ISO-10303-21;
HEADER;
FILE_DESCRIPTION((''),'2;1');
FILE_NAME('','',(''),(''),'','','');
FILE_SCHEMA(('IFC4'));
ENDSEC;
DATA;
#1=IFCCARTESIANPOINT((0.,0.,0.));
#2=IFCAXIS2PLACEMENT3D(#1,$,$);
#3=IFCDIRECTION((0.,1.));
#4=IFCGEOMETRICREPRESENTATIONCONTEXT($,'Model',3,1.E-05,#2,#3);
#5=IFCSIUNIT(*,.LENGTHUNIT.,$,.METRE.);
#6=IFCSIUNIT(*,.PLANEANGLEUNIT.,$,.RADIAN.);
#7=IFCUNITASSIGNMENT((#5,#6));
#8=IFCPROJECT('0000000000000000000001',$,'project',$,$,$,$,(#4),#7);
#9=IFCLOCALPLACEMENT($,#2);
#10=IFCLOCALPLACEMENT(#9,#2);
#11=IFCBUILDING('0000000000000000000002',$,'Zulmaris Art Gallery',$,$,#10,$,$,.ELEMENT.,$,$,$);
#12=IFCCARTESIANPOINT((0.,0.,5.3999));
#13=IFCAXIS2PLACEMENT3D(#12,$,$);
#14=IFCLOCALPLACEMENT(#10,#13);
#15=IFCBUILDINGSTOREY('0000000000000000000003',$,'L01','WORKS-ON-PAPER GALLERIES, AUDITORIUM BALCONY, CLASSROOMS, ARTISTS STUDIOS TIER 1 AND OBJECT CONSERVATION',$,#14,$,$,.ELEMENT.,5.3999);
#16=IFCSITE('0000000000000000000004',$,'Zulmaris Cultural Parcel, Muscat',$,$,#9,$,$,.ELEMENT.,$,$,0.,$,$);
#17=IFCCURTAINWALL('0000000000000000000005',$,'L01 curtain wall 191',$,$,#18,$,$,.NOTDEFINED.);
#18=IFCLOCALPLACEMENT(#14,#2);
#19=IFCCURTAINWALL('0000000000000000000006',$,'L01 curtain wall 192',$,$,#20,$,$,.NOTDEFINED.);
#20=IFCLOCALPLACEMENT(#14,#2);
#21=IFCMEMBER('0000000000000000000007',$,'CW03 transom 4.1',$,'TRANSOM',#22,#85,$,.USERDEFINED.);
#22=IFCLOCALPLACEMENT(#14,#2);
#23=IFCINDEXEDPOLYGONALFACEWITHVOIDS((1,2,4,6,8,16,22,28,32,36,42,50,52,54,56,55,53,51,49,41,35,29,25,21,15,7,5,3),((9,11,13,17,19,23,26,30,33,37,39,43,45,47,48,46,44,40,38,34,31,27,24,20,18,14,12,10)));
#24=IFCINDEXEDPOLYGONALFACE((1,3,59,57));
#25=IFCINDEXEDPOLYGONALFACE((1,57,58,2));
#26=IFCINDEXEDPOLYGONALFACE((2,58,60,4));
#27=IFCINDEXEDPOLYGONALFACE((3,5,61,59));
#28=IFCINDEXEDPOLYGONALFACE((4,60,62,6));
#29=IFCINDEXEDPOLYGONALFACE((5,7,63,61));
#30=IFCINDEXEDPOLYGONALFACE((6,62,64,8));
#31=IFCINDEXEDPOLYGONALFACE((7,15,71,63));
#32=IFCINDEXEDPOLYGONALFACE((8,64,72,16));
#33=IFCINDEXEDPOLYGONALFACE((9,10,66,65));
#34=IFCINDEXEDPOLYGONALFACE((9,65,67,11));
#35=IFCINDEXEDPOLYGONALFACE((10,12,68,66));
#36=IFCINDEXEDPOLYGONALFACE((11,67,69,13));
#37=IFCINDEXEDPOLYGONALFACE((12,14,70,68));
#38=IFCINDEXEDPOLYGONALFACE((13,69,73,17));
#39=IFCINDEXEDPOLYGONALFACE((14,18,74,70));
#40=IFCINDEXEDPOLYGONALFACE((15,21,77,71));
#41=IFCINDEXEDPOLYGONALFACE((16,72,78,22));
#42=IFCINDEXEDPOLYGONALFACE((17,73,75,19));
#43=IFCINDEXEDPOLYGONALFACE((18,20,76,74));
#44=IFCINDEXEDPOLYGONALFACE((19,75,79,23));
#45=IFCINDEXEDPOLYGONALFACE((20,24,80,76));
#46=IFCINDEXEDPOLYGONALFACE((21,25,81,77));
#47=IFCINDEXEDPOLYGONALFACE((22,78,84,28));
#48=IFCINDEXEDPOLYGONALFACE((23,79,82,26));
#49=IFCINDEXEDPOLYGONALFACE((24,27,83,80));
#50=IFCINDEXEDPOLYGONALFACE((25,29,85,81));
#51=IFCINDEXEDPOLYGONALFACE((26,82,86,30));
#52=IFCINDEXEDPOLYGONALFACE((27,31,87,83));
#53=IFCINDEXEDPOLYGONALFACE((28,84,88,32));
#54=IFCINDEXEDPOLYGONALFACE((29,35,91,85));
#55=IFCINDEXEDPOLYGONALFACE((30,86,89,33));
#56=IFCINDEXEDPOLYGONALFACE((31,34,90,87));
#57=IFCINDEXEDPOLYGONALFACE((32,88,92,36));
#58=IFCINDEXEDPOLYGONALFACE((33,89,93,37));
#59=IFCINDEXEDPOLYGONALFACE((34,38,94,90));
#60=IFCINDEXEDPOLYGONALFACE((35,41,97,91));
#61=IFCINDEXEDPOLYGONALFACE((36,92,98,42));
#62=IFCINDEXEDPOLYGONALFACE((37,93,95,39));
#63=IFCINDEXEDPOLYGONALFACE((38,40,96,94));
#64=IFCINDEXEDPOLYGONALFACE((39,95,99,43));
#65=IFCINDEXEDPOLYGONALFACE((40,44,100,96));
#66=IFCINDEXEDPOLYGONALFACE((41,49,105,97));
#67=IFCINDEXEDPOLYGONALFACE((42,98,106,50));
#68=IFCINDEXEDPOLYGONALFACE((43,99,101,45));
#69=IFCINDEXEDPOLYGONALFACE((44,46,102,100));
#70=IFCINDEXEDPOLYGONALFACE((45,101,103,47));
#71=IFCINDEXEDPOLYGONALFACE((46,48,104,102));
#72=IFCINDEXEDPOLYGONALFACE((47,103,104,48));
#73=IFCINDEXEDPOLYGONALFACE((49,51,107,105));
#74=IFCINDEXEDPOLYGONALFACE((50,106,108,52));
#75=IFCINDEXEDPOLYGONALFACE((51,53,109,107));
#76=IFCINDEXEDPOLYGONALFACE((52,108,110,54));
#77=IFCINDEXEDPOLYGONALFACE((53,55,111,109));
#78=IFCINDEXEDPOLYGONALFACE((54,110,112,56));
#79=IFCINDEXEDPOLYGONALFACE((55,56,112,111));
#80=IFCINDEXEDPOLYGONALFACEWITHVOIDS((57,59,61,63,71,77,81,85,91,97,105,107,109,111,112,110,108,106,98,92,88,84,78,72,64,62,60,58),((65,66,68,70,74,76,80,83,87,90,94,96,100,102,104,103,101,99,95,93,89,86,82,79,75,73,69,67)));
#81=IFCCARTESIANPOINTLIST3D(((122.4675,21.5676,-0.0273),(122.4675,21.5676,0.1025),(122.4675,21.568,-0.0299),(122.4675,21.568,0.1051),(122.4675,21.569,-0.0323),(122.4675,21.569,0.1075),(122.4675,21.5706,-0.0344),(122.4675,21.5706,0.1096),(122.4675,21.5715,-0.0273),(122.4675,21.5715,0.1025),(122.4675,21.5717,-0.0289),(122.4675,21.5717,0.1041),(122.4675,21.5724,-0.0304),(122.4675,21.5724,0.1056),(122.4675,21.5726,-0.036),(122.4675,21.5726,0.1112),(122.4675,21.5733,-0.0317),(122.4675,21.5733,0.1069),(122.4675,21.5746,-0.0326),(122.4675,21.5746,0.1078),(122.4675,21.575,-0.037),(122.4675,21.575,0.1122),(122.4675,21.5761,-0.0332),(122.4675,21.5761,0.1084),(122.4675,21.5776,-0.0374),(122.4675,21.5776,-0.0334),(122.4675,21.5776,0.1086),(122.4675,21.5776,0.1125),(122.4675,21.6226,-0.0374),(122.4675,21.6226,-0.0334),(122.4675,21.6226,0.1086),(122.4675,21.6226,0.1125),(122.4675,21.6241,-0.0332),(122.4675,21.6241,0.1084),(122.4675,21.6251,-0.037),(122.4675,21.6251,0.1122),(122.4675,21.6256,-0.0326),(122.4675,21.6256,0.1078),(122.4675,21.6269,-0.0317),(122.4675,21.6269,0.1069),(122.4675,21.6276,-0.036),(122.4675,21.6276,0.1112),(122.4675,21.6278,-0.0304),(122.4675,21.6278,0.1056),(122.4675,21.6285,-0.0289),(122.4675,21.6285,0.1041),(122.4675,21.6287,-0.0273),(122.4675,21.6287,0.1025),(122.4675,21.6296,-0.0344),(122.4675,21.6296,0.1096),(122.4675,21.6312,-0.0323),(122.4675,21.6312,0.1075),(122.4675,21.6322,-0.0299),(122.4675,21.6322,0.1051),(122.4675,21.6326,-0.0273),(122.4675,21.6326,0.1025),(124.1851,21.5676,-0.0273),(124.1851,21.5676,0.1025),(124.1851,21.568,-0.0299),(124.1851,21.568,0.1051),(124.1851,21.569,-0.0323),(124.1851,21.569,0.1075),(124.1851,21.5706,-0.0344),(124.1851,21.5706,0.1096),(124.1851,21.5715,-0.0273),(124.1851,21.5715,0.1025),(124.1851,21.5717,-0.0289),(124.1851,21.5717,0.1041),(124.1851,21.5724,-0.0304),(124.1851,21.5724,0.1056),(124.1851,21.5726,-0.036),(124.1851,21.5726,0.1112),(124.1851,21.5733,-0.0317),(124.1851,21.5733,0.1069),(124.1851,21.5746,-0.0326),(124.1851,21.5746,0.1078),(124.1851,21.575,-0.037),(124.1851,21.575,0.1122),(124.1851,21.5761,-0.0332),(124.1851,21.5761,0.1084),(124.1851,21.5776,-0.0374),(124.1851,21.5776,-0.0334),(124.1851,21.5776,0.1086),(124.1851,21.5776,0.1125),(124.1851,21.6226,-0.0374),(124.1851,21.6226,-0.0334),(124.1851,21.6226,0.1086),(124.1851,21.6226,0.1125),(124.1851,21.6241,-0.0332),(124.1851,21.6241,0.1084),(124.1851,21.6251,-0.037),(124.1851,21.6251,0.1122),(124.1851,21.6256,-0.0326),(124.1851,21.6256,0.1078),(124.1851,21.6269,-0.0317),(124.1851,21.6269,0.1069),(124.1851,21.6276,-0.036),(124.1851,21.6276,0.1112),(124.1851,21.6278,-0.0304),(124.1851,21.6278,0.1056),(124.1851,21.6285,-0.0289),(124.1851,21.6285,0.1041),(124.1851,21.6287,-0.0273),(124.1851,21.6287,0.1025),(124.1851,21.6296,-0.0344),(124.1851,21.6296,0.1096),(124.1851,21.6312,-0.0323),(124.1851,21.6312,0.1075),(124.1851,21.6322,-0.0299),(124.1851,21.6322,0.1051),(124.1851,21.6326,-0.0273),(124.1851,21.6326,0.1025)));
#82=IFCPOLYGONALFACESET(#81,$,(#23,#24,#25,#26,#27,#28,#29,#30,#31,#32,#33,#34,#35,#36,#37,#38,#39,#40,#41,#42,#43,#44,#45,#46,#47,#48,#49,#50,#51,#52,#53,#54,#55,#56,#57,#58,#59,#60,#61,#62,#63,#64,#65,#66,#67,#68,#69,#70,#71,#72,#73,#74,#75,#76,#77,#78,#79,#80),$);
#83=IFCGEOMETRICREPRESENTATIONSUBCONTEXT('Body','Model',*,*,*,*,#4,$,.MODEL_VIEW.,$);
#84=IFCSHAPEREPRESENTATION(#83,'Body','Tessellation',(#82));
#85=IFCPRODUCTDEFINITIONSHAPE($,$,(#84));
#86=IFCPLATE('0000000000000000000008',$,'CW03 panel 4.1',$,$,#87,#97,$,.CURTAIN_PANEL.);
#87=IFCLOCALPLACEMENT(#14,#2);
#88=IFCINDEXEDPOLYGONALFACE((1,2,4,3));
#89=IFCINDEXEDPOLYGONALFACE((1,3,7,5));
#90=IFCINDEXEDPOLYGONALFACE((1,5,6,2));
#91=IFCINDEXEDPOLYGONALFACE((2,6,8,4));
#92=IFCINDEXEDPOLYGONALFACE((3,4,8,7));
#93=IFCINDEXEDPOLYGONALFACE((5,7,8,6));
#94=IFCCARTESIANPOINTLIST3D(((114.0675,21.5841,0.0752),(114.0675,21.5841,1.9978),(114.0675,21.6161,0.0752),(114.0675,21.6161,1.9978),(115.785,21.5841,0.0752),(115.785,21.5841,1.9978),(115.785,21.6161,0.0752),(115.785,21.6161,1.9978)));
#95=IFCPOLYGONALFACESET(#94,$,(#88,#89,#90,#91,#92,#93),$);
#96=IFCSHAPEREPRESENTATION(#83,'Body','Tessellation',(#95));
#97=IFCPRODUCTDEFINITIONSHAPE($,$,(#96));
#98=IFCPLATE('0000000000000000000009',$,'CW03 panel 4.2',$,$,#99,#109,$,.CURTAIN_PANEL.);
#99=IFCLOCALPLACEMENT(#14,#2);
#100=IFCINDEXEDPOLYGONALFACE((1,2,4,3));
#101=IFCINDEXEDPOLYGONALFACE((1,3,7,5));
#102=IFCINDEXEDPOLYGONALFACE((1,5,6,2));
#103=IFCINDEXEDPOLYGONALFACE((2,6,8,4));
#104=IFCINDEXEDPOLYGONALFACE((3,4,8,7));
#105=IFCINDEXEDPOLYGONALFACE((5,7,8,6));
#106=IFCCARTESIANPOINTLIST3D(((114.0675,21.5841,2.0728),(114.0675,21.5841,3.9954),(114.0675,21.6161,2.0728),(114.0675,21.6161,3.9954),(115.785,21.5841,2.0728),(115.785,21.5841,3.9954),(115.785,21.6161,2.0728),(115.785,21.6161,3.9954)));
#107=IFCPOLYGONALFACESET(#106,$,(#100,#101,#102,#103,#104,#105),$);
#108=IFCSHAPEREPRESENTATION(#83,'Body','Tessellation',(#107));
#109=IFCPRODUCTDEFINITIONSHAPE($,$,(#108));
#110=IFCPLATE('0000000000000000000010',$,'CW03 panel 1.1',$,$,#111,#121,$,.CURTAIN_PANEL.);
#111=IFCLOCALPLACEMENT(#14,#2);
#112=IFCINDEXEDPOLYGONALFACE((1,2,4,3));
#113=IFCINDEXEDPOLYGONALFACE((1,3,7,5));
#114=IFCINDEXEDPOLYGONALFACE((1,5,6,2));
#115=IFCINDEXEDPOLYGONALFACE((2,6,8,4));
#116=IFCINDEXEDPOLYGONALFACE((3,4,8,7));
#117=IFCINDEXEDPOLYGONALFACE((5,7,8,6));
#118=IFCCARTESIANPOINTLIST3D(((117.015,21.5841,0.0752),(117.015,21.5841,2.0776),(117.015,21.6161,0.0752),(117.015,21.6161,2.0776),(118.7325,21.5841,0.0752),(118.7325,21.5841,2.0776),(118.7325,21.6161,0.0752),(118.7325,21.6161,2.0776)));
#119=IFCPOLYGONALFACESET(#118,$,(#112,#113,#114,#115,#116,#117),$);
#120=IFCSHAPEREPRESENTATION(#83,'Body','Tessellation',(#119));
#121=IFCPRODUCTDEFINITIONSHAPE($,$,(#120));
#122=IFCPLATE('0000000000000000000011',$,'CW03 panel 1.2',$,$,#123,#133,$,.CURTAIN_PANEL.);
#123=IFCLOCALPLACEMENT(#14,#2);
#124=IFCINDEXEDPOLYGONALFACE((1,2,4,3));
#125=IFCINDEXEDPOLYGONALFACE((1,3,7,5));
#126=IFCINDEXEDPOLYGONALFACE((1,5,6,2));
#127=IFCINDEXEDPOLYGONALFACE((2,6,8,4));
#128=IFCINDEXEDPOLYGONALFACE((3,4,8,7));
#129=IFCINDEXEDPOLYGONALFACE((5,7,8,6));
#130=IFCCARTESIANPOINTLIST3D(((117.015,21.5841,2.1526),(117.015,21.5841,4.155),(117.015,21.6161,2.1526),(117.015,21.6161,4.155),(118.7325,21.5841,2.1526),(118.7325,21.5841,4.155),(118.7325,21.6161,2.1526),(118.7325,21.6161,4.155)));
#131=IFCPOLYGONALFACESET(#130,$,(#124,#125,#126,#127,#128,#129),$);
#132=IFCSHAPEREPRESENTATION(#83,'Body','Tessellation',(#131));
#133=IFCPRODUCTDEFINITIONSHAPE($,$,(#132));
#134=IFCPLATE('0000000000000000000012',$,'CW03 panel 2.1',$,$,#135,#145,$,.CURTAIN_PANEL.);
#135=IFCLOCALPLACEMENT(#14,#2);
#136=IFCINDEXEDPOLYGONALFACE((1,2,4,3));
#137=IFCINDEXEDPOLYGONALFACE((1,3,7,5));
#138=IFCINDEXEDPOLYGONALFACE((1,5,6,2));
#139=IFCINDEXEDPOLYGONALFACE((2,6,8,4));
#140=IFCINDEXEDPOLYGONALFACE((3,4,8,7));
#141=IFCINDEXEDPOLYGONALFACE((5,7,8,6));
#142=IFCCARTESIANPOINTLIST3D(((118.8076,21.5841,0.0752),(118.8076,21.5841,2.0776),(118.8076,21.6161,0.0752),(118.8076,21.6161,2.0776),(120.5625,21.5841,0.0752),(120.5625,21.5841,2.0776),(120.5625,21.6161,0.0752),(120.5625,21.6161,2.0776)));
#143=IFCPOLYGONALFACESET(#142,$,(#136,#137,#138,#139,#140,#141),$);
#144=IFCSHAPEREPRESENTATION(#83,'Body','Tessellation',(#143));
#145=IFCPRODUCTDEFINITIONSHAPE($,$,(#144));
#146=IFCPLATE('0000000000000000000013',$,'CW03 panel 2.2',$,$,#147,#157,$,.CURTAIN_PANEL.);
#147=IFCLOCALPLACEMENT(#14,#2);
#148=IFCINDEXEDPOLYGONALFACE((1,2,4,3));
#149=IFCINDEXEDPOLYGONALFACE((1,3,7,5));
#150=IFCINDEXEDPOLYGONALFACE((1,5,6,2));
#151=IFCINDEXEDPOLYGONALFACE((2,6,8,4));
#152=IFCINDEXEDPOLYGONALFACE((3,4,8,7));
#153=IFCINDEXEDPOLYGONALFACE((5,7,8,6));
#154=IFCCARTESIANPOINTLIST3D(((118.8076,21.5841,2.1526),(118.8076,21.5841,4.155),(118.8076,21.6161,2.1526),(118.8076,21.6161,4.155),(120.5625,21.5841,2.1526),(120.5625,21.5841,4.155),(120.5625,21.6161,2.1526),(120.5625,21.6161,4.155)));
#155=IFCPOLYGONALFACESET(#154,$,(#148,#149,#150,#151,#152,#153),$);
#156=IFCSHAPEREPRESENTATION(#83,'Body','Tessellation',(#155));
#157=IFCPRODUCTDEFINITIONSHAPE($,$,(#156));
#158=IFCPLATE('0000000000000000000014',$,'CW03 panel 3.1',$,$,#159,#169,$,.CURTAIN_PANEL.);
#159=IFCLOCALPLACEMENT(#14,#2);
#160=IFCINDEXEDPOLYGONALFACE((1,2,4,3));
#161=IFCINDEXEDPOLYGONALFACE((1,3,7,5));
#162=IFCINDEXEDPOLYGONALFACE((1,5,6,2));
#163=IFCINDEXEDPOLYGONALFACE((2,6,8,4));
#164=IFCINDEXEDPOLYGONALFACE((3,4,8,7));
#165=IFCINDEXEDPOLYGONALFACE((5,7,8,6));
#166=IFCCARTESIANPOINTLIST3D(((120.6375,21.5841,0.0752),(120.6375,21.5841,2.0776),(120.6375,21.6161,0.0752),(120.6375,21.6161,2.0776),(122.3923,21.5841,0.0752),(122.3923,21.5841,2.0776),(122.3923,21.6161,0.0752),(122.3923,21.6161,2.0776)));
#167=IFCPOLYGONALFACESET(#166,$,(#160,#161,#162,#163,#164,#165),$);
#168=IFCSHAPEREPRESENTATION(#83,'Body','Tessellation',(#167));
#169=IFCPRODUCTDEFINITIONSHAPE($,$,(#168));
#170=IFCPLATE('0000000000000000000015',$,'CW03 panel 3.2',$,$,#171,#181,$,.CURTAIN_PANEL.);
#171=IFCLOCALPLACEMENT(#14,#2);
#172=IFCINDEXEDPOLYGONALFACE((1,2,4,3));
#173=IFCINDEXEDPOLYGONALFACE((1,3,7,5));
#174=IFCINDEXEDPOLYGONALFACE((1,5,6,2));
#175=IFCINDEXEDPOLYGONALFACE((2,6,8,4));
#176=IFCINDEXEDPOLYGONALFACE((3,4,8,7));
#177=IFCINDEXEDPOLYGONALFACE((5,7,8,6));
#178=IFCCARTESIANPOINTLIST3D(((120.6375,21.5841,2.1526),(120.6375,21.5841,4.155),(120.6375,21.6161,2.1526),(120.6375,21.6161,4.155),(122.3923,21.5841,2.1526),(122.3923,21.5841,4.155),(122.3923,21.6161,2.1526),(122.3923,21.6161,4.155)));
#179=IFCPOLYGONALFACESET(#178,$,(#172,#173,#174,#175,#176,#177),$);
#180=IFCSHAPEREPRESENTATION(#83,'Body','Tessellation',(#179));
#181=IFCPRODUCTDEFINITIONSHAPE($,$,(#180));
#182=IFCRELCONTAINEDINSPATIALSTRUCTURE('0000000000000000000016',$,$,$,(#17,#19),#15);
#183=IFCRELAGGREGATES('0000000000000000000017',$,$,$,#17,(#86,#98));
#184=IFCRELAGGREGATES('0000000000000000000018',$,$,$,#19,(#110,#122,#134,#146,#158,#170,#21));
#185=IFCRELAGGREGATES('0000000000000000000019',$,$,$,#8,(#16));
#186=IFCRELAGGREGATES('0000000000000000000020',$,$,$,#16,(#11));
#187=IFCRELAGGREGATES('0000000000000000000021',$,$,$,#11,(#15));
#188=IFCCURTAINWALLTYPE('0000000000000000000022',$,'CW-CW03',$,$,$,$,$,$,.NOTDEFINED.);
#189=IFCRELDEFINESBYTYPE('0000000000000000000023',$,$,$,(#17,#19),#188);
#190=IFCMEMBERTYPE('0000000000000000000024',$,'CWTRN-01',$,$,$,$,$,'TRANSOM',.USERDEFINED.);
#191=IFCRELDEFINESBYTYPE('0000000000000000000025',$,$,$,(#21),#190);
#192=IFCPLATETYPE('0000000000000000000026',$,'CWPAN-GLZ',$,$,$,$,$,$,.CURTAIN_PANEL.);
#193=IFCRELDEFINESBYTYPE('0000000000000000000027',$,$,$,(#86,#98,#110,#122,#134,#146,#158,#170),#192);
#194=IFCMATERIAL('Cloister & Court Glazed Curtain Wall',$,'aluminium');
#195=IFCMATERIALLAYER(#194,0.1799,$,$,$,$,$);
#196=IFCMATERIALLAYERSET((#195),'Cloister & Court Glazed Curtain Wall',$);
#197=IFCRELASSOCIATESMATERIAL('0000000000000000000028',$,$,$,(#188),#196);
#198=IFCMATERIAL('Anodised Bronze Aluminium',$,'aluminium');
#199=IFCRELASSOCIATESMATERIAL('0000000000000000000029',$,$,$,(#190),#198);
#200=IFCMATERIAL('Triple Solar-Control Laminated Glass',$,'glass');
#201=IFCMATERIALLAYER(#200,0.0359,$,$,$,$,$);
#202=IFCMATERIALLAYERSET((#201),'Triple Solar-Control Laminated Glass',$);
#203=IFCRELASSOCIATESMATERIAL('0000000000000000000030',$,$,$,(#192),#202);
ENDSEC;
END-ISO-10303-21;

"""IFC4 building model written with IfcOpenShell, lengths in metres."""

from ifc_helpers import new_model, si_unit, direction, frame, origin, origin_2d, place, context, subcontext, project, spatial, rectangle, hollow_rectangle, extrude, material, layer, layer_set, material_profile, profile_set, type_object, element, aggregate, save


model = new_model("IFC4")

# Units and contexts
model_context = context("Model", 3, precision=1e-05, world=origin(), true_north=direction((0.0, 1.0)))
body_context = subcontext(model_context, "Body", "Model", "MODEL_VIEW")
ifc_project = project(units=[si_unit("LENGTHUNIT", "METRE"), si_unit("PLANEANGLEUNIT", "RADIAN")], contexts=[model_context])

# Site, building, storey
site_placement = place(None, origin())
site = spatial("IfcSite", under=ifc_project, at=site_placement, Name="Zulmaris Cultural Parcel, Muscat", CompositionType="ELEMENT", RefElevation=0.0)
building_placement = place(site_placement, origin())
building = spatial("IfcBuilding", under=site, at=building_placement, Name="Zulmaris Art Gallery", CompositionType="ELEMENT")
storey_placement = place(building_placement, frame((0.0, 0.0, 5.3999)))
storey = spatial("IfcBuildingStorey", under=building, at=storey_placement, Name="L01", Description="WORKS-ON-PAPER GALLERIES, AUDITORIUM BALCONY, CLASSROOMS, ARTISTS STUDIOS TIER 1 AND OBJECT CONSERVATION", CompositionType="ELEMENT", Elevation=5.3999)

# Curtain wall
ifc_material_1 = material(Name="Cloister & Court Glazed Curtain Wall", Category="aluminium")
ifc_layer_1 = layer(ifc_material_1, 0.1799)
ifc_layer_set_1 = layer_set([ifc_layer_1], Name="Cloister & Court Glazed Curtain Wall")
curtain_wall_type = type_object("IfcCurtainWallType", Name="CW-CW03", PredefinedType="NOTDEFINED", material=ifc_layer_set_1)
curtain_wall_1_placement = place(storey_placement, origin())
curtain_wall_1 = element("IfcCurtainWall", 1, at=curtain_wall_1_placement, inside=storey, type_object=curtain_wall_type, Name="L01 curtain wall 191", PredefinedType="NOTDEFINED")
ifc_material_2 = material(Name="Anodised Bronze Aluminium", Category="aluminium")

# Curtain wall
curtain_wall_2_placement = place(storey_placement, origin())
curtain_wall_2 = element("IfcCurtainWall", 2, at=curtain_wall_2_placement, inside=storey, type_object=curtain_wall_type, Name="L01 curtain wall 192", PredefinedType="NOTDEFINED")

# Member
ifc_material_profile_1 = material_profile(ifc_material_2, hollow_rectangle(XDim=0.0649, YDim=0.1499, WallThickness=0.0039, InnerFilletRadius=0.0061, OuterFilletRadius=0.01, at=origin_2d()), Name="ALU 65x150x4")
ifc_profile_set_1 = profile_set([ifc_material_profile_1], Name="Anodised Bronze Aluminium")
member_type_1 = type_object("IfcMemberType", Name="CWTRN-01", ElementType="TRANSOM", PredefinedType="USERDEFINED", material=ifc_profile_set_1)
member_1_placement = place(storey_placement, frame((122.4675, 21.6001, 0.0376), z_axis=(1.0, 0.0, 0.0), x_axis=(0.0, 1.0, 0.0)))
member_1 = element("IfcMember", 3, at=member_1_placement, type_object=member_type_1, Name="CW03 transom 4.1", ObjectType="TRANSOM", PredefinedType="USERDEFINED", context=body_context, shape_type="SweptSolid", body=[
    extrude(hollow_rectangle(XDim=0.0649, YDim=0.1499, WallThickness=0.0039, InnerFilletRadius=0.0061, OuterFilletRadius=0.01, at=origin_2d()), origin(), (0.0, 0.0, 1.0), 1.7175),
])

# Plates
ifc_material_3 = material(Name="Triple Solar-Control Laminated Glass", Category="glass")
ifc_layer_2 = layer(ifc_material_3, 0.0359)
ifc_layer_set_2 = layer_set([ifc_layer_2], Name="Triple Solar-Control Laminated Glass")
plate_type = type_object("IfcPlateType", Name="CWPAN-GLZ", PredefinedType="CURTAIN_PANEL", material=ifc_layer_set_2)
plate_1_placement = place(storey_placement, frame((114.9263, 21.6001, 0.0752), z_axis=(0.0, 0.0, 1.0), x_axis=(1.0, 0.0, 0.0)))
plate_1 = element("IfcPlate", 4, at=plate_1_placement, type_object=plate_type, Name="CW03 panel 4.1", PredefinedType="CURTAIN_PANEL", context=body_context, shape_type="SweptSolid", body=[
    extrude(rectangle(XDim=1.7175, YDim=0.032, at=origin_2d()), origin(), (0.0, 0.0, 1.0), 1.9226),
])
plate_2_placement = place(storey_placement, frame((114.9263, 21.6001, 2.0728), z_axis=(0.0, 0.0, 1.0), x_axis=(1.0, 0.0, 0.0)))
plate_2 = element("IfcPlate", 5, at=plate_2_placement, type_object=plate_type, Name="CW03 panel 4.2", PredefinedType="CURTAIN_PANEL", context=body_context, shape_type="SweptSolid", body=[
    extrude(rectangle(XDim=1.7175, YDim=0.032, at=origin_2d()), origin(), (0.0, 0.0, 1.0), 1.9226),
])
aggregate(curtain_wall_1, [plate_1, plate_2])
plate_3_placement = place(storey_placement, frame((117.8738, 21.6001, 0.0752), z_axis=(0.0, 0.0, 1.0), x_axis=(1.0, 0.0, 0.0)))
plate_3 = element("IfcPlate", 6, at=plate_3_placement, type_object=plate_type, Name="CW03 panel 1.1", PredefinedType="CURTAIN_PANEL", context=body_context, shape_type="SweptSolid", body=[
    extrude(rectangle(XDim=1.7175, YDim=0.032, at=origin_2d()), origin(), (0.0, 0.0, 1.0), 2.0024),
])
plate_4_placement = place(storey_placement, frame((117.8738, 21.6001, 2.1526), z_axis=(0.0, 0.0, 1.0), x_axis=(1.0, 0.0, 0.0)))
plate_4 = element("IfcPlate", 7, at=plate_4_placement, type_object=plate_type, Name="CW03 panel 1.2", PredefinedType="CURTAIN_PANEL", context=body_context, shape_type="SweptSolid", body=[
    extrude(rectangle(XDim=1.7175, YDim=0.032, at=origin_2d()), origin(), (0.0, 0.0, 1.0), 2.0024),
])
plate_5_placement = place(storey_placement, frame((119.6851, 21.6001, 0.0752), z_axis=(0.0, 0.0, 1.0), x_axis=(1.0, 0.0, 0.0)))
plate_5 = element("IfcPlate", 8, at=plate_5_placement, type_object=plate_type, Name="CW03 panel 2.1", PredefinedType="CURTAIN_PANEL", context=body_context, shape_type="SweptSolid", body=[
    extrude(rectangle(XDim=1.7549, YDim=0.032, at=origin_2d()), origin(), (0.0, 0.0, 1.0), 2.0024),
])
plate_6_placement = place(storey_placement, frame((119.6851, 21.6001, 2.1526), z_axis=(0.0, 0.0, 1.0), x_axis=(1.0, 0.0, 0.0)))
plate_6 = element("IfcPlate", 9, at=plate_6_placement, type_object=plate_type, Name="CW03 panel 2.2", PredefinedType="CURTAIN_PANEL", context=body_context, shape_type="SweptSolid", body=[
    extrude(rectangle(XDim=1.7549, YDim=0.032, at=origin_2d()), origin(), (0.0, 0.0, 1.0), 2.0024),
])
plate_7_placement = place(storey_placement, frame((121.5149, 21.6001, 0.0752), z_axis=(0.0, 0.0, 1.0), x_axis=(1.0, 0.0, 0.0)))
plate_7 = element("IfcPlate", 10, at=plate_7_placement, type_object=plate_type, Name="CW03 panel 3.1", PredefinedType="CURTAIN_PANEL", context=body_context, shape_type="SweptSolid", body=[
    extrude(rectangle(XDim=1.7549, YDim=0.032, at=origin_2d()), origin(), (0.0, 0.0, 1.0), 2.0024),
])
plate_8_placement = place(storey_placement, frame((121.5149, 21.6001, 2.1526), z_axis=(0.0, 0.0, 1.0), x_axis=(1.0, 0.0, 0.0)))
plate_8 = element("IfcPlate", 11, at=plate_8_placement, type_object=plate_type, Name="CW03 panel 3.2", PredefinedType="CURTAIN_PANEL", context=body_context, shape_type="SweptSolid", body=[
    extrude(rectangle(XDim=1.7549, YDim=0.032, at=origin_2d()), origin(), (0.0, 0.0, 1.0), 2.0024),
])
aggregate(curtain_wall_2, [plate_3, plate_4, plate_5, plate_6, plate_7, plate_8, member_1])

save(model, "model.ifc")
